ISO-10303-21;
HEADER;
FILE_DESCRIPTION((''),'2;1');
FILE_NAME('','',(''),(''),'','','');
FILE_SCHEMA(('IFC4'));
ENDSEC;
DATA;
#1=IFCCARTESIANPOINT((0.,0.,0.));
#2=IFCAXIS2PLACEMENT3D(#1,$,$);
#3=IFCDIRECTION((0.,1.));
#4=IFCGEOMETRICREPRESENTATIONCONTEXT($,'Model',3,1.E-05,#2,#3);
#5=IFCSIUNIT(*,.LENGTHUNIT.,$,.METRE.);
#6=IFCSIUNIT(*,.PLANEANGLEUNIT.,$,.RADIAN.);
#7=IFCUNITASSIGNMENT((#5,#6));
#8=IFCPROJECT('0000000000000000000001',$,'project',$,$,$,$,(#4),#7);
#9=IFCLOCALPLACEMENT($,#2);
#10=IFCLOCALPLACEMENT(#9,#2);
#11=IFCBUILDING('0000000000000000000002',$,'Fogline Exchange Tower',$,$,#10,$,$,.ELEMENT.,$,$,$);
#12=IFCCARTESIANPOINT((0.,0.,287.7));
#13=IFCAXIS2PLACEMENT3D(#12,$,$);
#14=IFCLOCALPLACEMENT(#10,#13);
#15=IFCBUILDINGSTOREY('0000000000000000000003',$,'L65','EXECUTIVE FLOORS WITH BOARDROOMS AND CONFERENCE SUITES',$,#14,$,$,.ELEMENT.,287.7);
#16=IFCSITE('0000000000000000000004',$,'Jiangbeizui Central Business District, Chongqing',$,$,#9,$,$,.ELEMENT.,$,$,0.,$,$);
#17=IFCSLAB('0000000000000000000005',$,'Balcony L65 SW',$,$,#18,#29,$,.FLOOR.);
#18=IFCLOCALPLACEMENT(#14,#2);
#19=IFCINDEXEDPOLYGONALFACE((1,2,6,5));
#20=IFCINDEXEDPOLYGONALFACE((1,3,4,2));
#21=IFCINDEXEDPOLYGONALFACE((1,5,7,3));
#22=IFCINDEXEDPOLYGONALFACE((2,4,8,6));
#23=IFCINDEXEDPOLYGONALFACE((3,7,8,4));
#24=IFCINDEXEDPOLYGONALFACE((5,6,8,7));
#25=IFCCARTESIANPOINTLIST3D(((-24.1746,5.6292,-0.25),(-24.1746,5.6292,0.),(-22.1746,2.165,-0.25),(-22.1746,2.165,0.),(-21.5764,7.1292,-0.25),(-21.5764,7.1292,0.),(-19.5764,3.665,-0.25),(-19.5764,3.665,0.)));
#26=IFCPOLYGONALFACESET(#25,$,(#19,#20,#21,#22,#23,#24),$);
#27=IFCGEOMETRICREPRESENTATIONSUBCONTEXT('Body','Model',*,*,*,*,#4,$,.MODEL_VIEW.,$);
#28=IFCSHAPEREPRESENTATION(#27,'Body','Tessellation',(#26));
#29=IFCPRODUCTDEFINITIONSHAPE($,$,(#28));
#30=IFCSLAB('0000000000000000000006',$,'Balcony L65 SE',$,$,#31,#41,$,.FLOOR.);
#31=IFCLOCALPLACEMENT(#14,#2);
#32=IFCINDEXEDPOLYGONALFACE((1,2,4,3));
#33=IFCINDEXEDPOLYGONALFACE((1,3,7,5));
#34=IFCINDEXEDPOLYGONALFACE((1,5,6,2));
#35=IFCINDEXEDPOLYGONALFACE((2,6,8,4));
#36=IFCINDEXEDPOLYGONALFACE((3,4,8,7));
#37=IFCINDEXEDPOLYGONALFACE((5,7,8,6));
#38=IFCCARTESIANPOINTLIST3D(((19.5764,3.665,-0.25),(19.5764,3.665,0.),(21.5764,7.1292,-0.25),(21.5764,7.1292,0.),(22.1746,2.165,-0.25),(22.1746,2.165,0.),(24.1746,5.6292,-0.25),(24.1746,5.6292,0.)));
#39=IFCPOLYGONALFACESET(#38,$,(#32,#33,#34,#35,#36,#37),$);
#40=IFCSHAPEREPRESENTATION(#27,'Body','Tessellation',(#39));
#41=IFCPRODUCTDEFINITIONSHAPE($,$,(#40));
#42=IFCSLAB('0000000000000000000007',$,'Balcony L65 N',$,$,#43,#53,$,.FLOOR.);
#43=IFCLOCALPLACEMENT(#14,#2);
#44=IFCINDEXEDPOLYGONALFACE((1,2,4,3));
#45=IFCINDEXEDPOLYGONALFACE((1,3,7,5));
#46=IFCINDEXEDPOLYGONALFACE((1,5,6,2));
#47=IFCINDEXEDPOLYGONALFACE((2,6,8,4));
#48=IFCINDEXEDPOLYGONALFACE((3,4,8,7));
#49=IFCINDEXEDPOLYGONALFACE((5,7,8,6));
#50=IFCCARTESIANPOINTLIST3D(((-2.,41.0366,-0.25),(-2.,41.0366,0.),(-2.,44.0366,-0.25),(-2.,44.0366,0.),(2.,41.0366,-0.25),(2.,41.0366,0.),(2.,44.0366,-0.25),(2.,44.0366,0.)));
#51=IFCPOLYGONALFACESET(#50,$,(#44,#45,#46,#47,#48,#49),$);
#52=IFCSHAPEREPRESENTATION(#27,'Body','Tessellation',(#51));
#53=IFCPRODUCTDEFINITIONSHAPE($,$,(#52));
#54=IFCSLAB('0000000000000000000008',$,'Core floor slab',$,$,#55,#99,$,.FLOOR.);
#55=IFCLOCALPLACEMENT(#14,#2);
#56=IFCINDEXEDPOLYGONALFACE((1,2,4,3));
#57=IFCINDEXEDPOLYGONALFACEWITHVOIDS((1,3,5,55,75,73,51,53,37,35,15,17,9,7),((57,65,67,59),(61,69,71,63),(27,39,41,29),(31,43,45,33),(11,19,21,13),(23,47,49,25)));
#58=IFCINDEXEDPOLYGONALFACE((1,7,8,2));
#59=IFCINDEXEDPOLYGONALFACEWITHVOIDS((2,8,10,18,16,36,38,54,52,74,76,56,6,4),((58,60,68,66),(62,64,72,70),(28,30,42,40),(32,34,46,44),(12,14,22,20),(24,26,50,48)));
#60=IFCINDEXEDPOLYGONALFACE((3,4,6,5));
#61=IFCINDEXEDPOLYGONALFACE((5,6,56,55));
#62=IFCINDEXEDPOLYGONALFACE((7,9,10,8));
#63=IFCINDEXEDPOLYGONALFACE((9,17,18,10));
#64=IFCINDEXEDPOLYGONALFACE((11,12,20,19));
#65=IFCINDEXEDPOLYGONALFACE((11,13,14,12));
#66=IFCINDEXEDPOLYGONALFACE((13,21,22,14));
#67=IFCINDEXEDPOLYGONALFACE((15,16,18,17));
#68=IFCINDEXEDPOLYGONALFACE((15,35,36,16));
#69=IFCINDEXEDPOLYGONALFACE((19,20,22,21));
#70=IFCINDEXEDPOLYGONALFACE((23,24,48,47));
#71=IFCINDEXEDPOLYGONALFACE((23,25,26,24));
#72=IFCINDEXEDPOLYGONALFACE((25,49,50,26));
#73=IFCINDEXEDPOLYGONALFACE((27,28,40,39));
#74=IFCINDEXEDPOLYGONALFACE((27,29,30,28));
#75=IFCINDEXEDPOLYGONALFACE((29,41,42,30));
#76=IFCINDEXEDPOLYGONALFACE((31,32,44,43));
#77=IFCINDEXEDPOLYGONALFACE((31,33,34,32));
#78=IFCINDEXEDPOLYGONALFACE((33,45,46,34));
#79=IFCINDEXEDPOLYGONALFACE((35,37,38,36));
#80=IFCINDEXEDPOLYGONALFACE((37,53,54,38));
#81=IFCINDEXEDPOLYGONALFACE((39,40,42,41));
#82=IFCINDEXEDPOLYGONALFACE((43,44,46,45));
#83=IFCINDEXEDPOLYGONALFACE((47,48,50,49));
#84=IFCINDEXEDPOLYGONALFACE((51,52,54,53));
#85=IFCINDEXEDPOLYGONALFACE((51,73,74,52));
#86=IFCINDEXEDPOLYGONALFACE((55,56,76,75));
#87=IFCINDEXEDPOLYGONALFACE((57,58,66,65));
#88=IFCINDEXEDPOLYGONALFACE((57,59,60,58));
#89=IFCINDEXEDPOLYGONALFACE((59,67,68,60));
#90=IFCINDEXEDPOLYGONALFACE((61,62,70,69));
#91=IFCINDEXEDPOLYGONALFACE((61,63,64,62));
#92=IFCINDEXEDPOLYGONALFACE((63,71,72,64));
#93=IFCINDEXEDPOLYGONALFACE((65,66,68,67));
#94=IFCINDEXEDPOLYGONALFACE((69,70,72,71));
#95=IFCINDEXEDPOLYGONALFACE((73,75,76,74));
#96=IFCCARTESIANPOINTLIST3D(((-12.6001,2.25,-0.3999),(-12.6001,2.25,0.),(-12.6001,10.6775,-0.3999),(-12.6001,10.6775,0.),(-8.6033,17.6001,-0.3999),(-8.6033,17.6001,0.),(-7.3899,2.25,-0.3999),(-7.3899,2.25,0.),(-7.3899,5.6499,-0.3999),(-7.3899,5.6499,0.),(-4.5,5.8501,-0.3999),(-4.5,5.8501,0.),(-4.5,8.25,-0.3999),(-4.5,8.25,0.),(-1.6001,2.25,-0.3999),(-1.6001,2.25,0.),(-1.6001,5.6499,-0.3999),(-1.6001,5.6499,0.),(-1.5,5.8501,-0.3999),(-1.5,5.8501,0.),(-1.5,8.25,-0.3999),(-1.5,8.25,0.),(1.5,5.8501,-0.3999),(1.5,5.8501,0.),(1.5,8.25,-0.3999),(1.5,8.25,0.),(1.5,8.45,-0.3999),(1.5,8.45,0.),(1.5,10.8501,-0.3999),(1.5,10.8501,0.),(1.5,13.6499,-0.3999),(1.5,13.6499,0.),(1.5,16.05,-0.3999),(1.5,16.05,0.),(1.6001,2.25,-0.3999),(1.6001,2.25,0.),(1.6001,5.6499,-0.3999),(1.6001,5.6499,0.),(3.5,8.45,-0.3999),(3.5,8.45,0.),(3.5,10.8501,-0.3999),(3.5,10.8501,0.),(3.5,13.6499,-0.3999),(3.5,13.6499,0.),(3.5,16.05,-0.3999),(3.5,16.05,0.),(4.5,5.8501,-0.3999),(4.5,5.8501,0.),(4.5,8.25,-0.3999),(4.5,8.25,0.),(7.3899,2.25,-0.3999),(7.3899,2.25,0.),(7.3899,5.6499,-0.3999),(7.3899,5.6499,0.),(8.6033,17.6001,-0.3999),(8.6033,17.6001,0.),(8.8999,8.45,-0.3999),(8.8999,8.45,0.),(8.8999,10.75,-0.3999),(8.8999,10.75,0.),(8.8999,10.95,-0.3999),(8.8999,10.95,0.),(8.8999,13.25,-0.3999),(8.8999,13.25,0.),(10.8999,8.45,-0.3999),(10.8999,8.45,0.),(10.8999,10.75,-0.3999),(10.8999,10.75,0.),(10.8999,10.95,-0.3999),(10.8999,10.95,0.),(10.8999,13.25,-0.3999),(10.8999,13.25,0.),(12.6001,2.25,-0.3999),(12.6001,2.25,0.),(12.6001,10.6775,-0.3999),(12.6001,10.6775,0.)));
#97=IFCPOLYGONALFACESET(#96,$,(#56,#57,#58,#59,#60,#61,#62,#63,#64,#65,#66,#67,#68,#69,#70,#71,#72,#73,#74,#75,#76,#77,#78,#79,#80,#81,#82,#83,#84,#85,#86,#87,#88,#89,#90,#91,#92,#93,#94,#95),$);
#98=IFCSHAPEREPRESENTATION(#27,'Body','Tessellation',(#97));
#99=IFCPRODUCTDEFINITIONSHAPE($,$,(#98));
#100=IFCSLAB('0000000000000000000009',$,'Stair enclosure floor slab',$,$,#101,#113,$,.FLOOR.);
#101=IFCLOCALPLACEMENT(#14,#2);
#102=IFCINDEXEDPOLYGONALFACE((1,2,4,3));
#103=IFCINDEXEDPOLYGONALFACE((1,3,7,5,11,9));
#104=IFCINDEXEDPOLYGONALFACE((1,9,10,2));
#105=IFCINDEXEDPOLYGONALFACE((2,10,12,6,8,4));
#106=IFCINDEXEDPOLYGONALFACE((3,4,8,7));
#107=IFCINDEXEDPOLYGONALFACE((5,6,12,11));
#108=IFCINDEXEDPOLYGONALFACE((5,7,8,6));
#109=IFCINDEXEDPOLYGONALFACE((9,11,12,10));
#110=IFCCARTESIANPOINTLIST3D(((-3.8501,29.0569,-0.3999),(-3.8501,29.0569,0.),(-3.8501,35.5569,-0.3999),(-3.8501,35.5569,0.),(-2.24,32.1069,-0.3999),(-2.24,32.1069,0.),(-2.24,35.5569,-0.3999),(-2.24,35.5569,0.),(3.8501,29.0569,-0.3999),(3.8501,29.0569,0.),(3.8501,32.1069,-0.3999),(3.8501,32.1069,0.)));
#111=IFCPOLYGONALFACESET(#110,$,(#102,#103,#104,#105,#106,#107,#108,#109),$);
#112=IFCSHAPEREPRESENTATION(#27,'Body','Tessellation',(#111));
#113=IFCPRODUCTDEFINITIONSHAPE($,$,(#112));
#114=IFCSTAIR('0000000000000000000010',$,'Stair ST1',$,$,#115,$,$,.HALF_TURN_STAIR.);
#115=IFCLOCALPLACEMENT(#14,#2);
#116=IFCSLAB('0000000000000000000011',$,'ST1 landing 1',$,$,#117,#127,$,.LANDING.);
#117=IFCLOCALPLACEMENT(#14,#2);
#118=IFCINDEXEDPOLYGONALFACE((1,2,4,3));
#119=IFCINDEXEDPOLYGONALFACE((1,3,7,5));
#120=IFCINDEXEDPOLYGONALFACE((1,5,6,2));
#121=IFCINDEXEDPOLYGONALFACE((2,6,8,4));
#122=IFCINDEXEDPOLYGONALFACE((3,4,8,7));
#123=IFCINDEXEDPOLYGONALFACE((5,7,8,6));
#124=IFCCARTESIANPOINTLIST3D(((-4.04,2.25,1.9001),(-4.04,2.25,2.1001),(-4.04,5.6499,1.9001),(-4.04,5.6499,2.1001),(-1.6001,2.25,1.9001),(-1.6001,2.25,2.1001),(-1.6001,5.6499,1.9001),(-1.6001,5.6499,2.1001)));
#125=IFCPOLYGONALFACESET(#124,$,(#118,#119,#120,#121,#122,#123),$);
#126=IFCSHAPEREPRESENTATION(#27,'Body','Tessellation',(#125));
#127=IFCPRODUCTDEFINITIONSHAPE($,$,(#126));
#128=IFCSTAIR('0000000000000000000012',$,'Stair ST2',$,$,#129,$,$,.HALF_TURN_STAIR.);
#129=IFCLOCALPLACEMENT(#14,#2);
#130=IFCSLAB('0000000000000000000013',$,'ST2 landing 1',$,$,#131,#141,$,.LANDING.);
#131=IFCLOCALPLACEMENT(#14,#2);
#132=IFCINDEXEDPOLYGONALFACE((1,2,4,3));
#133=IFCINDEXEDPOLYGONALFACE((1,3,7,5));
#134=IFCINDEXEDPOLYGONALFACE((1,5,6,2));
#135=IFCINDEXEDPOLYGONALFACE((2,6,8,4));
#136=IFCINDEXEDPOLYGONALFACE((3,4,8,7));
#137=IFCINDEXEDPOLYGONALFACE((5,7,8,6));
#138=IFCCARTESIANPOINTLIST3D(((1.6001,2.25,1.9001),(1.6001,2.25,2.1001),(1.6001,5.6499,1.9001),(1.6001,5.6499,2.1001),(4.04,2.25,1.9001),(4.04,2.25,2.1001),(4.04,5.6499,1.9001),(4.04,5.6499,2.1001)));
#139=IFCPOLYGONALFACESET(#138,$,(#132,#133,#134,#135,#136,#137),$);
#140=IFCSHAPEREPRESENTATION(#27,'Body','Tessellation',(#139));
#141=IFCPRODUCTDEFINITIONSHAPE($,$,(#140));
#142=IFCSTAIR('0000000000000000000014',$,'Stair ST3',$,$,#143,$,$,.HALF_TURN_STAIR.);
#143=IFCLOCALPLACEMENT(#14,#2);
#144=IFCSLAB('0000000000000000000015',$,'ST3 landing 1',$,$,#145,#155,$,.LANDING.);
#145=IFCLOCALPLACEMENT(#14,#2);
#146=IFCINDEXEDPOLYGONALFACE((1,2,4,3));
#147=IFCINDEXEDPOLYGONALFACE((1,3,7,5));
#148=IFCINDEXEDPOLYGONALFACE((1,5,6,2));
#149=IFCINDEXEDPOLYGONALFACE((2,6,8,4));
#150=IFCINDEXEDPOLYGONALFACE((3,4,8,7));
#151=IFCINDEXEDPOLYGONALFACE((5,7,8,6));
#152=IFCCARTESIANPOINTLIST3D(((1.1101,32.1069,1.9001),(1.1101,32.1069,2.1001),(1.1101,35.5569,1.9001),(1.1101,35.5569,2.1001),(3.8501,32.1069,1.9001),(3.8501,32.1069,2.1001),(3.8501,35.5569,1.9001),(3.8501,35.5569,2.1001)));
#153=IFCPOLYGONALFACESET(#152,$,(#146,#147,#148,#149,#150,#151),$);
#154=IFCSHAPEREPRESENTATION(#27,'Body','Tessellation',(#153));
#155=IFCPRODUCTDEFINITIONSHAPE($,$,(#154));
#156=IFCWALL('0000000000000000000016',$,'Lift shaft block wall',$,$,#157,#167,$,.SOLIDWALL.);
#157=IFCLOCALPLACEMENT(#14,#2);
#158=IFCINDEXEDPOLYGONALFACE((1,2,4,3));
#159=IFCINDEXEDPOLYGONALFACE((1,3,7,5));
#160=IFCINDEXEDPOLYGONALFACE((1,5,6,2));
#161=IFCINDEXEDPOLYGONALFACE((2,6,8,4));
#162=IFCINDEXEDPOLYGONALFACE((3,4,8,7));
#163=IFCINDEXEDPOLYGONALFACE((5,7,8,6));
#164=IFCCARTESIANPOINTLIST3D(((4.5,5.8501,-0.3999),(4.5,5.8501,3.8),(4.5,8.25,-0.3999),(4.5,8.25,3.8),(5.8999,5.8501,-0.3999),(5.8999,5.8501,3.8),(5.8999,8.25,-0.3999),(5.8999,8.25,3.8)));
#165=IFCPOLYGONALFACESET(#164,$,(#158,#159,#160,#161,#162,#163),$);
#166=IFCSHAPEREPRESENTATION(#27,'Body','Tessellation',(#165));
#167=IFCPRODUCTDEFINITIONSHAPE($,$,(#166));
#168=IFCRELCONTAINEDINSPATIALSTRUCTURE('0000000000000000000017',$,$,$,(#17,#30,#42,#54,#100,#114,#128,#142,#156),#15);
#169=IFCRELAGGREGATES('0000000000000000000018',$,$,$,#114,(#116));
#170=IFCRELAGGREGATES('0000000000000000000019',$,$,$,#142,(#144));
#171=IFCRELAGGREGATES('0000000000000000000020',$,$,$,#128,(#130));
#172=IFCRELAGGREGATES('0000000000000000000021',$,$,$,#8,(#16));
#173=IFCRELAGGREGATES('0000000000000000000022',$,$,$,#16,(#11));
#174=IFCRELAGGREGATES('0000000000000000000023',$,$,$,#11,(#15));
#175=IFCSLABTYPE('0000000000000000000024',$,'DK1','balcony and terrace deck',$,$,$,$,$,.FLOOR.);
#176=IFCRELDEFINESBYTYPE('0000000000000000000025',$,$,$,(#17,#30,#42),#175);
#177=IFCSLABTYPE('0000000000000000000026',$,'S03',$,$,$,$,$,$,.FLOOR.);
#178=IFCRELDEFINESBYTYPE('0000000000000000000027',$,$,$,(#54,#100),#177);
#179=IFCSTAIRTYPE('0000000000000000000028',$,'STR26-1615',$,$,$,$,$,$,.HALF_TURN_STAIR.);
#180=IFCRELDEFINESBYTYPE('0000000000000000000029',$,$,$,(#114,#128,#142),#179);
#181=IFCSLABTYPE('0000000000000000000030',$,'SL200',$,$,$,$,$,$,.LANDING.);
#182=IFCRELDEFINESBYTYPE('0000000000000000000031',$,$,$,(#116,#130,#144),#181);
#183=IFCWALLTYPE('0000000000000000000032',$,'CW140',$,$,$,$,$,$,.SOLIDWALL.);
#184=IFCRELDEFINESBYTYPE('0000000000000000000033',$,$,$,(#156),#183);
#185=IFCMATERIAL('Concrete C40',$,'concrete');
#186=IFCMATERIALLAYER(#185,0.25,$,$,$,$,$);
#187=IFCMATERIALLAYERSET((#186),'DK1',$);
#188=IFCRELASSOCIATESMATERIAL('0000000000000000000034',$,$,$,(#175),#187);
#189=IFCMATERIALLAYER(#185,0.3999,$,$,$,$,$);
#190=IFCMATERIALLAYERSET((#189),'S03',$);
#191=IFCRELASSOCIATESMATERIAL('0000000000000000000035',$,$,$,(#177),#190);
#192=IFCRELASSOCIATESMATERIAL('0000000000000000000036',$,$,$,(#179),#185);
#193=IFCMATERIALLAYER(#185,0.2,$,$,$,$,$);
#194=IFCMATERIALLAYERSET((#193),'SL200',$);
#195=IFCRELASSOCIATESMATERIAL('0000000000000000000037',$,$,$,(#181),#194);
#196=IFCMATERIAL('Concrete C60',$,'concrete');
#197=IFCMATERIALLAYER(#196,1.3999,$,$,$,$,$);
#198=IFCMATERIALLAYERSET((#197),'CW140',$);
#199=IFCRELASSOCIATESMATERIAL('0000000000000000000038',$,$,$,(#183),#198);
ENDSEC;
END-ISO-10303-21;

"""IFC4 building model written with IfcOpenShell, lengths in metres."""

from ifc_helpers import new_model, si_unit, direction, frame, frame_2d, origin, place, context, subcontext, project, spatial, polyline, rectangle, outline, extrude, material, layer, layer_set, type_object, element, aggregate, save


model = new_model("IFC4")

# Units and contexts
model_context = context("Model", 3, precision=1e-05, world=origin(), true_north=direction((0.0, 1.0)))
body_context = subcontext(model_context, "Body", "Model", "MODEL_VIEW")
ifc_project = project(units=[si_unit("LENGTHUNIT", "METRE"), si_unit("PLANEANGLEUNIT", "RADIAN")], contexts=[model_context])

# Site, building, storey
site_placement = place(None, origin())
site = spatial("IfcSite", under=ifc_project, at=site_placement, Name="Jiangbeizui Central Business District, Chongqing", CompositionType="ELEMENT", RefElevation=0.0)
building_placement = place(site_placement, origin())
building = spatial("IfcBuilding", under=site, at=building_placement, Name="Fogline Exchange Tower", CompositionType="ELEMENT")
storey_placement = place(building_placement, frame((0.0, 0.0, 287.7)))
storey = spatial("IfcBuildingStorey", under=building, at=storey_placement, Name="L65", Description="EXECUTIVE FLOORS WITH BOARDROOMS AND CONFERENCE SUITES", CompositionType="ELEMENT", Elevation=287.7)

# Slabs
ifc_material_1 = material(Name="Concrete C40", Category="concrete")
ifc_layer_1 = layer(ifc_material_1, 0.25)
ifc_layer_set_1 = layer_set([ifc_layer_1], Name="DK1")
slab_type_1 = type_object("IfcSlabType", Name="DK1", Description="balcony and terrace deck", PredefinedType="FLOOR", material=ifc_layer_set_1)
slab_1_placement = place(storey_placement, frame((0.0, 0.0, -0.25)))
element("IfcSlab", 1, at=slab_1_placement, inside=storey, type_object=slab_type_1, Name="Balcony L65 SW", PredefinedType="FLOOR", context=body_context, shape_type="SweptSolid", body=[
    extrude(outline(polyline([(-24.1746, 5.6292), (-22.1746, 2.165), (-19.5764, 3.665), (-21.5764, 7.1292), (-24.1746, 5.6292)])), origin(), (0.0, 0.0, 1.0), 0.25),
])
slab_2_placement = place(storey_placement, frame((0.0, 0.0, -0.25)))
element("IfcSlab", 2, at=slab_2_placement, inside=storey, type_object=slab_type_1, Name="Balcony L65 SE", PredefinedType="FLOOR", context=body_context, shape_type="SweptSolid", body=[
    extrude(outline(polyline([(22.1746, 2.165), (24.1746, 5.6292), (21.5764, 7.1292), (19.5764, 3.665), (22.1746, 2.165)])), origin(), (0.0, 0.0, 1.0), 0.25),
])
slab_3_placement = place(storey_placement, frame((0.0, 0.0, -0.25)))
element("IfcSlab", 3, at=slab_3_placement, inside=storey, type_object=slab_type_1, Name="Balcony L65 N", PredefinedType="FLOOR", context=body_context, shape_type="SweptSolid", body=[
    extrude(outline(polyline([(2.0, 44.0366), (-2.0, 44.0366), (-2.0, 41.0366), (2.0, 41.0366), (2.0, 44.0366)])), origin(), (0.0, 0.0, 1.0), 0.25),
])
ifc_layer_2 = layer(ifc_material_1, 0.3999)
ifc_layer_set_2 = layer_set([ifc_layer_2], Name="S03")
slab_type_2 = type_object("IfcSlabType", Name="S03", PredefinedType="FLOOR", material=ifc_layer_set_2)
slab_4_placement = place(storey_placement, frame((0.0, 0.0, -0.3999)))
element("IfcSlab", 4, at=slab_4_placement, inside=storey, type_object=slab_type_2, Name="Core floor slab", PredefinedType="FLOOR", context=body_context, shape_type="SweptSolid", body=[
    extrude(outline(polyline([(-12.6001, 2.25), (-12.6001, 10.6775), (-8.6033, 17.6001), (8.6033, 17.6001), (12.6001, 10.6775), (12.6001, 2.25), (7.3899, 2.25), (7.3899, 5.6499), (1.6001, 5.6499), (1.6001, 2.25), (-1.6001, 2.25), (-1.6001, 5.6499), (-7.3899, 5.6499), (-7.3899, 2.25), (-12.6001, 2.25)]), holes=[polyline([(-4.5, 8.25), (-4.5, 5.8501), (-1.5, 5.8501), (-1.5, 8.25), (-4.5, 8.25)]), polyline([(1.5, 8.25), (1.5, 5.8501), (4.5, 5.8501), (4.5, 8.25), (1.5, 8.25)]), polyline([(8.8999, 10.75), (8.8999, 8.45), (10.8999, 8.45), (10.8999, 10.75), (8.8999, 10.75)]), polyline([(1.5, 10.8501), (1.5, 8.45), (3.5, 8.45), (3.5, 10.8501), (1.5, 10.8501)]), polyline([(8.8999, 13.25), (8.8999, 10.95), (10.8999, 10.95), (10.8999, 13.25), (8.8999, 13.25)]), polyline([(1.5, 16.05), (1.5, 13.6499), (3.5, 13.6499), (3.5, 16.05), (1.5, 16.05)])]), origin(), (0.0, 0.0, 1.0), 0.3999),
])
slab_5_placement = place(storey_placement, frame((0.0, 0.0, -0.3999)))
element("IfcSlab", 5, at=slab_5_placement, inside=storey, type_object=slab_type_2, Name="Stair enclosure floor slab", PredefinedType="FLOOR", context=body_context, shape_type="SweptSolid", body=[
    extrude(outline(polyline([(3.8501, 29.0569), (-3.8501, 29.0569), (-3.8501, 35.5569), (-2.24, 35.5569), (-2.24, 32.1069), (3.8501, 32.1069), (3.8501, 29.0569)])), origin(), (0.0, 0.0, 1.0), 0.3999),
])

# Stairs, slabs
stair_type = type_object("IfcStairType", Name="STR26-1615", PredefinedType="HALF_TURN_STAIR", material=ifc_material_1)
stair_1_placement = place(storey_placement, origin())
stair_1 = element("IfcStair", 6, at=stair_1_placement, inside=storey, type_object=stair_type, Name="Stair ST1", PredefinedType="HALF_TURN_STAIR")
ifc_layer_3 = layer(ifc_material_1, 0.2)
ifc_layer_set_3 = layer_set([ifc_layer_3], Name="SL200")
slab_type_3 = type_object("IfcSlabType", Name="SL200", PredefinedType="LANDING", material=ifc_layer_set_3)
slab_6_placement = place(storey_placement, frame((0.0, 0.0, 1.9001)))
slab_6 = element("IfcSlab", 7, at=slab_6_placement, type_object=slab_type_3, Name="ST1 landing 1", PredefinedType="LANDING", context=body_context, shape_type="SweptSolid", body=[
    extrude(outline(polyline([(-4.04, 2.25), (-1.6001, 2.25), (-1.6001, 5.6499), (-4.04, 5.6499), (-4.04, 2.25)])), origin(), (0.0, 0.0, 1.0), 0.2),
])
aggregate(stair_1, [slab_6])
stair_2_placement = place(storey_placement, origin())
stair_2 = element("IfcStair", 8, at=stair_2_placement, inside=storey, type_object=stair_type, Name="Stair ST2", PredefinedType="HALF_TURN_STAIR")
slab_7_placement = place(storey_placement, frame((0.0, 0.0, 1.9001)))
slab_7 = element("IfcSlab", 9, at=slab_7_placement, type_object=slab_type_3, Name="ST2 landing 1", PredefinedType="LANDING", context=body_context, shape_type="SweptSolid", body=[
    extrude(outline(polyline([(1.6001, 2.25), (4.04, 2.25), (4.04, 5.6499), (1.6001, 5.6499), (1.6001, 2.25)])), origin(), (0.0, 0.0, 1.0), 0.2),
])
stair_3_placement = place(storey_placement, origin())
stair_3 = element("IfcStair", 10, at=stair_3_placement, inside=storey, type_object=stair_type, Name="Stair ST3", PredefinedType="HALF_TURN_STAIR")
slab_8_placement = place(storey_placement, frame((0.0, 0.0, 1.9001)))
slab_8 = element("IfcSlab", 11, at=slab_8_placement, type_object=slab_type_3, Name="ST3 landing 1", PredefinedType="LANDING", context=body_context, shape_type="SweptSolid", body=[
    extrude(outline(polyline([(1.1101, 32.1069), (3.8501, 32.1069), (3.8501, 35.5569), (1.1101, 35.5569), (1.1101, 32.1069)])), origin(), (0.0, 0.0, 1.0), 0.2),
])
aggregate(stair_3, [slab_8])

# Wall
ifc_material_2 = material(Name="Concrete C60", Category="concrete")
ifc_layer_4 = layer(ifc_material_2, 1.3999)
ifc_layer_set_4 = layer_set([ifc_layer_4], Name="CW140")
wall_type_1 = type_object("IfcWallType", Name="CW140", PredefinedType="SOLIDWALL", material=ifc_layer_set_4)
wall_1_placement = place(storey_placement, frame((5.2, 5.8501, -0.3999), z_axis=(0.0, 0.0, 1.0), x_axis=(0.0, 1.0, 0.0)))
element("IfcWall", 12, at=wall_1_placement, inside=storey, type_object=wall_type_1, Name="Lift shaft block wall", PredefinedType="SOLIDWALL", context=body_context, shape_type="SweptSolid", body=[
    extrude(rectangle(XDim=2.3999, YDim=1.3999, at=frame_2d((1.2, 0.0))), origin(), (0.0, 0.0, 1.0), 4.2),
])

aggregate(stair_2, [slab_7])

save(model, "model.ifc")
